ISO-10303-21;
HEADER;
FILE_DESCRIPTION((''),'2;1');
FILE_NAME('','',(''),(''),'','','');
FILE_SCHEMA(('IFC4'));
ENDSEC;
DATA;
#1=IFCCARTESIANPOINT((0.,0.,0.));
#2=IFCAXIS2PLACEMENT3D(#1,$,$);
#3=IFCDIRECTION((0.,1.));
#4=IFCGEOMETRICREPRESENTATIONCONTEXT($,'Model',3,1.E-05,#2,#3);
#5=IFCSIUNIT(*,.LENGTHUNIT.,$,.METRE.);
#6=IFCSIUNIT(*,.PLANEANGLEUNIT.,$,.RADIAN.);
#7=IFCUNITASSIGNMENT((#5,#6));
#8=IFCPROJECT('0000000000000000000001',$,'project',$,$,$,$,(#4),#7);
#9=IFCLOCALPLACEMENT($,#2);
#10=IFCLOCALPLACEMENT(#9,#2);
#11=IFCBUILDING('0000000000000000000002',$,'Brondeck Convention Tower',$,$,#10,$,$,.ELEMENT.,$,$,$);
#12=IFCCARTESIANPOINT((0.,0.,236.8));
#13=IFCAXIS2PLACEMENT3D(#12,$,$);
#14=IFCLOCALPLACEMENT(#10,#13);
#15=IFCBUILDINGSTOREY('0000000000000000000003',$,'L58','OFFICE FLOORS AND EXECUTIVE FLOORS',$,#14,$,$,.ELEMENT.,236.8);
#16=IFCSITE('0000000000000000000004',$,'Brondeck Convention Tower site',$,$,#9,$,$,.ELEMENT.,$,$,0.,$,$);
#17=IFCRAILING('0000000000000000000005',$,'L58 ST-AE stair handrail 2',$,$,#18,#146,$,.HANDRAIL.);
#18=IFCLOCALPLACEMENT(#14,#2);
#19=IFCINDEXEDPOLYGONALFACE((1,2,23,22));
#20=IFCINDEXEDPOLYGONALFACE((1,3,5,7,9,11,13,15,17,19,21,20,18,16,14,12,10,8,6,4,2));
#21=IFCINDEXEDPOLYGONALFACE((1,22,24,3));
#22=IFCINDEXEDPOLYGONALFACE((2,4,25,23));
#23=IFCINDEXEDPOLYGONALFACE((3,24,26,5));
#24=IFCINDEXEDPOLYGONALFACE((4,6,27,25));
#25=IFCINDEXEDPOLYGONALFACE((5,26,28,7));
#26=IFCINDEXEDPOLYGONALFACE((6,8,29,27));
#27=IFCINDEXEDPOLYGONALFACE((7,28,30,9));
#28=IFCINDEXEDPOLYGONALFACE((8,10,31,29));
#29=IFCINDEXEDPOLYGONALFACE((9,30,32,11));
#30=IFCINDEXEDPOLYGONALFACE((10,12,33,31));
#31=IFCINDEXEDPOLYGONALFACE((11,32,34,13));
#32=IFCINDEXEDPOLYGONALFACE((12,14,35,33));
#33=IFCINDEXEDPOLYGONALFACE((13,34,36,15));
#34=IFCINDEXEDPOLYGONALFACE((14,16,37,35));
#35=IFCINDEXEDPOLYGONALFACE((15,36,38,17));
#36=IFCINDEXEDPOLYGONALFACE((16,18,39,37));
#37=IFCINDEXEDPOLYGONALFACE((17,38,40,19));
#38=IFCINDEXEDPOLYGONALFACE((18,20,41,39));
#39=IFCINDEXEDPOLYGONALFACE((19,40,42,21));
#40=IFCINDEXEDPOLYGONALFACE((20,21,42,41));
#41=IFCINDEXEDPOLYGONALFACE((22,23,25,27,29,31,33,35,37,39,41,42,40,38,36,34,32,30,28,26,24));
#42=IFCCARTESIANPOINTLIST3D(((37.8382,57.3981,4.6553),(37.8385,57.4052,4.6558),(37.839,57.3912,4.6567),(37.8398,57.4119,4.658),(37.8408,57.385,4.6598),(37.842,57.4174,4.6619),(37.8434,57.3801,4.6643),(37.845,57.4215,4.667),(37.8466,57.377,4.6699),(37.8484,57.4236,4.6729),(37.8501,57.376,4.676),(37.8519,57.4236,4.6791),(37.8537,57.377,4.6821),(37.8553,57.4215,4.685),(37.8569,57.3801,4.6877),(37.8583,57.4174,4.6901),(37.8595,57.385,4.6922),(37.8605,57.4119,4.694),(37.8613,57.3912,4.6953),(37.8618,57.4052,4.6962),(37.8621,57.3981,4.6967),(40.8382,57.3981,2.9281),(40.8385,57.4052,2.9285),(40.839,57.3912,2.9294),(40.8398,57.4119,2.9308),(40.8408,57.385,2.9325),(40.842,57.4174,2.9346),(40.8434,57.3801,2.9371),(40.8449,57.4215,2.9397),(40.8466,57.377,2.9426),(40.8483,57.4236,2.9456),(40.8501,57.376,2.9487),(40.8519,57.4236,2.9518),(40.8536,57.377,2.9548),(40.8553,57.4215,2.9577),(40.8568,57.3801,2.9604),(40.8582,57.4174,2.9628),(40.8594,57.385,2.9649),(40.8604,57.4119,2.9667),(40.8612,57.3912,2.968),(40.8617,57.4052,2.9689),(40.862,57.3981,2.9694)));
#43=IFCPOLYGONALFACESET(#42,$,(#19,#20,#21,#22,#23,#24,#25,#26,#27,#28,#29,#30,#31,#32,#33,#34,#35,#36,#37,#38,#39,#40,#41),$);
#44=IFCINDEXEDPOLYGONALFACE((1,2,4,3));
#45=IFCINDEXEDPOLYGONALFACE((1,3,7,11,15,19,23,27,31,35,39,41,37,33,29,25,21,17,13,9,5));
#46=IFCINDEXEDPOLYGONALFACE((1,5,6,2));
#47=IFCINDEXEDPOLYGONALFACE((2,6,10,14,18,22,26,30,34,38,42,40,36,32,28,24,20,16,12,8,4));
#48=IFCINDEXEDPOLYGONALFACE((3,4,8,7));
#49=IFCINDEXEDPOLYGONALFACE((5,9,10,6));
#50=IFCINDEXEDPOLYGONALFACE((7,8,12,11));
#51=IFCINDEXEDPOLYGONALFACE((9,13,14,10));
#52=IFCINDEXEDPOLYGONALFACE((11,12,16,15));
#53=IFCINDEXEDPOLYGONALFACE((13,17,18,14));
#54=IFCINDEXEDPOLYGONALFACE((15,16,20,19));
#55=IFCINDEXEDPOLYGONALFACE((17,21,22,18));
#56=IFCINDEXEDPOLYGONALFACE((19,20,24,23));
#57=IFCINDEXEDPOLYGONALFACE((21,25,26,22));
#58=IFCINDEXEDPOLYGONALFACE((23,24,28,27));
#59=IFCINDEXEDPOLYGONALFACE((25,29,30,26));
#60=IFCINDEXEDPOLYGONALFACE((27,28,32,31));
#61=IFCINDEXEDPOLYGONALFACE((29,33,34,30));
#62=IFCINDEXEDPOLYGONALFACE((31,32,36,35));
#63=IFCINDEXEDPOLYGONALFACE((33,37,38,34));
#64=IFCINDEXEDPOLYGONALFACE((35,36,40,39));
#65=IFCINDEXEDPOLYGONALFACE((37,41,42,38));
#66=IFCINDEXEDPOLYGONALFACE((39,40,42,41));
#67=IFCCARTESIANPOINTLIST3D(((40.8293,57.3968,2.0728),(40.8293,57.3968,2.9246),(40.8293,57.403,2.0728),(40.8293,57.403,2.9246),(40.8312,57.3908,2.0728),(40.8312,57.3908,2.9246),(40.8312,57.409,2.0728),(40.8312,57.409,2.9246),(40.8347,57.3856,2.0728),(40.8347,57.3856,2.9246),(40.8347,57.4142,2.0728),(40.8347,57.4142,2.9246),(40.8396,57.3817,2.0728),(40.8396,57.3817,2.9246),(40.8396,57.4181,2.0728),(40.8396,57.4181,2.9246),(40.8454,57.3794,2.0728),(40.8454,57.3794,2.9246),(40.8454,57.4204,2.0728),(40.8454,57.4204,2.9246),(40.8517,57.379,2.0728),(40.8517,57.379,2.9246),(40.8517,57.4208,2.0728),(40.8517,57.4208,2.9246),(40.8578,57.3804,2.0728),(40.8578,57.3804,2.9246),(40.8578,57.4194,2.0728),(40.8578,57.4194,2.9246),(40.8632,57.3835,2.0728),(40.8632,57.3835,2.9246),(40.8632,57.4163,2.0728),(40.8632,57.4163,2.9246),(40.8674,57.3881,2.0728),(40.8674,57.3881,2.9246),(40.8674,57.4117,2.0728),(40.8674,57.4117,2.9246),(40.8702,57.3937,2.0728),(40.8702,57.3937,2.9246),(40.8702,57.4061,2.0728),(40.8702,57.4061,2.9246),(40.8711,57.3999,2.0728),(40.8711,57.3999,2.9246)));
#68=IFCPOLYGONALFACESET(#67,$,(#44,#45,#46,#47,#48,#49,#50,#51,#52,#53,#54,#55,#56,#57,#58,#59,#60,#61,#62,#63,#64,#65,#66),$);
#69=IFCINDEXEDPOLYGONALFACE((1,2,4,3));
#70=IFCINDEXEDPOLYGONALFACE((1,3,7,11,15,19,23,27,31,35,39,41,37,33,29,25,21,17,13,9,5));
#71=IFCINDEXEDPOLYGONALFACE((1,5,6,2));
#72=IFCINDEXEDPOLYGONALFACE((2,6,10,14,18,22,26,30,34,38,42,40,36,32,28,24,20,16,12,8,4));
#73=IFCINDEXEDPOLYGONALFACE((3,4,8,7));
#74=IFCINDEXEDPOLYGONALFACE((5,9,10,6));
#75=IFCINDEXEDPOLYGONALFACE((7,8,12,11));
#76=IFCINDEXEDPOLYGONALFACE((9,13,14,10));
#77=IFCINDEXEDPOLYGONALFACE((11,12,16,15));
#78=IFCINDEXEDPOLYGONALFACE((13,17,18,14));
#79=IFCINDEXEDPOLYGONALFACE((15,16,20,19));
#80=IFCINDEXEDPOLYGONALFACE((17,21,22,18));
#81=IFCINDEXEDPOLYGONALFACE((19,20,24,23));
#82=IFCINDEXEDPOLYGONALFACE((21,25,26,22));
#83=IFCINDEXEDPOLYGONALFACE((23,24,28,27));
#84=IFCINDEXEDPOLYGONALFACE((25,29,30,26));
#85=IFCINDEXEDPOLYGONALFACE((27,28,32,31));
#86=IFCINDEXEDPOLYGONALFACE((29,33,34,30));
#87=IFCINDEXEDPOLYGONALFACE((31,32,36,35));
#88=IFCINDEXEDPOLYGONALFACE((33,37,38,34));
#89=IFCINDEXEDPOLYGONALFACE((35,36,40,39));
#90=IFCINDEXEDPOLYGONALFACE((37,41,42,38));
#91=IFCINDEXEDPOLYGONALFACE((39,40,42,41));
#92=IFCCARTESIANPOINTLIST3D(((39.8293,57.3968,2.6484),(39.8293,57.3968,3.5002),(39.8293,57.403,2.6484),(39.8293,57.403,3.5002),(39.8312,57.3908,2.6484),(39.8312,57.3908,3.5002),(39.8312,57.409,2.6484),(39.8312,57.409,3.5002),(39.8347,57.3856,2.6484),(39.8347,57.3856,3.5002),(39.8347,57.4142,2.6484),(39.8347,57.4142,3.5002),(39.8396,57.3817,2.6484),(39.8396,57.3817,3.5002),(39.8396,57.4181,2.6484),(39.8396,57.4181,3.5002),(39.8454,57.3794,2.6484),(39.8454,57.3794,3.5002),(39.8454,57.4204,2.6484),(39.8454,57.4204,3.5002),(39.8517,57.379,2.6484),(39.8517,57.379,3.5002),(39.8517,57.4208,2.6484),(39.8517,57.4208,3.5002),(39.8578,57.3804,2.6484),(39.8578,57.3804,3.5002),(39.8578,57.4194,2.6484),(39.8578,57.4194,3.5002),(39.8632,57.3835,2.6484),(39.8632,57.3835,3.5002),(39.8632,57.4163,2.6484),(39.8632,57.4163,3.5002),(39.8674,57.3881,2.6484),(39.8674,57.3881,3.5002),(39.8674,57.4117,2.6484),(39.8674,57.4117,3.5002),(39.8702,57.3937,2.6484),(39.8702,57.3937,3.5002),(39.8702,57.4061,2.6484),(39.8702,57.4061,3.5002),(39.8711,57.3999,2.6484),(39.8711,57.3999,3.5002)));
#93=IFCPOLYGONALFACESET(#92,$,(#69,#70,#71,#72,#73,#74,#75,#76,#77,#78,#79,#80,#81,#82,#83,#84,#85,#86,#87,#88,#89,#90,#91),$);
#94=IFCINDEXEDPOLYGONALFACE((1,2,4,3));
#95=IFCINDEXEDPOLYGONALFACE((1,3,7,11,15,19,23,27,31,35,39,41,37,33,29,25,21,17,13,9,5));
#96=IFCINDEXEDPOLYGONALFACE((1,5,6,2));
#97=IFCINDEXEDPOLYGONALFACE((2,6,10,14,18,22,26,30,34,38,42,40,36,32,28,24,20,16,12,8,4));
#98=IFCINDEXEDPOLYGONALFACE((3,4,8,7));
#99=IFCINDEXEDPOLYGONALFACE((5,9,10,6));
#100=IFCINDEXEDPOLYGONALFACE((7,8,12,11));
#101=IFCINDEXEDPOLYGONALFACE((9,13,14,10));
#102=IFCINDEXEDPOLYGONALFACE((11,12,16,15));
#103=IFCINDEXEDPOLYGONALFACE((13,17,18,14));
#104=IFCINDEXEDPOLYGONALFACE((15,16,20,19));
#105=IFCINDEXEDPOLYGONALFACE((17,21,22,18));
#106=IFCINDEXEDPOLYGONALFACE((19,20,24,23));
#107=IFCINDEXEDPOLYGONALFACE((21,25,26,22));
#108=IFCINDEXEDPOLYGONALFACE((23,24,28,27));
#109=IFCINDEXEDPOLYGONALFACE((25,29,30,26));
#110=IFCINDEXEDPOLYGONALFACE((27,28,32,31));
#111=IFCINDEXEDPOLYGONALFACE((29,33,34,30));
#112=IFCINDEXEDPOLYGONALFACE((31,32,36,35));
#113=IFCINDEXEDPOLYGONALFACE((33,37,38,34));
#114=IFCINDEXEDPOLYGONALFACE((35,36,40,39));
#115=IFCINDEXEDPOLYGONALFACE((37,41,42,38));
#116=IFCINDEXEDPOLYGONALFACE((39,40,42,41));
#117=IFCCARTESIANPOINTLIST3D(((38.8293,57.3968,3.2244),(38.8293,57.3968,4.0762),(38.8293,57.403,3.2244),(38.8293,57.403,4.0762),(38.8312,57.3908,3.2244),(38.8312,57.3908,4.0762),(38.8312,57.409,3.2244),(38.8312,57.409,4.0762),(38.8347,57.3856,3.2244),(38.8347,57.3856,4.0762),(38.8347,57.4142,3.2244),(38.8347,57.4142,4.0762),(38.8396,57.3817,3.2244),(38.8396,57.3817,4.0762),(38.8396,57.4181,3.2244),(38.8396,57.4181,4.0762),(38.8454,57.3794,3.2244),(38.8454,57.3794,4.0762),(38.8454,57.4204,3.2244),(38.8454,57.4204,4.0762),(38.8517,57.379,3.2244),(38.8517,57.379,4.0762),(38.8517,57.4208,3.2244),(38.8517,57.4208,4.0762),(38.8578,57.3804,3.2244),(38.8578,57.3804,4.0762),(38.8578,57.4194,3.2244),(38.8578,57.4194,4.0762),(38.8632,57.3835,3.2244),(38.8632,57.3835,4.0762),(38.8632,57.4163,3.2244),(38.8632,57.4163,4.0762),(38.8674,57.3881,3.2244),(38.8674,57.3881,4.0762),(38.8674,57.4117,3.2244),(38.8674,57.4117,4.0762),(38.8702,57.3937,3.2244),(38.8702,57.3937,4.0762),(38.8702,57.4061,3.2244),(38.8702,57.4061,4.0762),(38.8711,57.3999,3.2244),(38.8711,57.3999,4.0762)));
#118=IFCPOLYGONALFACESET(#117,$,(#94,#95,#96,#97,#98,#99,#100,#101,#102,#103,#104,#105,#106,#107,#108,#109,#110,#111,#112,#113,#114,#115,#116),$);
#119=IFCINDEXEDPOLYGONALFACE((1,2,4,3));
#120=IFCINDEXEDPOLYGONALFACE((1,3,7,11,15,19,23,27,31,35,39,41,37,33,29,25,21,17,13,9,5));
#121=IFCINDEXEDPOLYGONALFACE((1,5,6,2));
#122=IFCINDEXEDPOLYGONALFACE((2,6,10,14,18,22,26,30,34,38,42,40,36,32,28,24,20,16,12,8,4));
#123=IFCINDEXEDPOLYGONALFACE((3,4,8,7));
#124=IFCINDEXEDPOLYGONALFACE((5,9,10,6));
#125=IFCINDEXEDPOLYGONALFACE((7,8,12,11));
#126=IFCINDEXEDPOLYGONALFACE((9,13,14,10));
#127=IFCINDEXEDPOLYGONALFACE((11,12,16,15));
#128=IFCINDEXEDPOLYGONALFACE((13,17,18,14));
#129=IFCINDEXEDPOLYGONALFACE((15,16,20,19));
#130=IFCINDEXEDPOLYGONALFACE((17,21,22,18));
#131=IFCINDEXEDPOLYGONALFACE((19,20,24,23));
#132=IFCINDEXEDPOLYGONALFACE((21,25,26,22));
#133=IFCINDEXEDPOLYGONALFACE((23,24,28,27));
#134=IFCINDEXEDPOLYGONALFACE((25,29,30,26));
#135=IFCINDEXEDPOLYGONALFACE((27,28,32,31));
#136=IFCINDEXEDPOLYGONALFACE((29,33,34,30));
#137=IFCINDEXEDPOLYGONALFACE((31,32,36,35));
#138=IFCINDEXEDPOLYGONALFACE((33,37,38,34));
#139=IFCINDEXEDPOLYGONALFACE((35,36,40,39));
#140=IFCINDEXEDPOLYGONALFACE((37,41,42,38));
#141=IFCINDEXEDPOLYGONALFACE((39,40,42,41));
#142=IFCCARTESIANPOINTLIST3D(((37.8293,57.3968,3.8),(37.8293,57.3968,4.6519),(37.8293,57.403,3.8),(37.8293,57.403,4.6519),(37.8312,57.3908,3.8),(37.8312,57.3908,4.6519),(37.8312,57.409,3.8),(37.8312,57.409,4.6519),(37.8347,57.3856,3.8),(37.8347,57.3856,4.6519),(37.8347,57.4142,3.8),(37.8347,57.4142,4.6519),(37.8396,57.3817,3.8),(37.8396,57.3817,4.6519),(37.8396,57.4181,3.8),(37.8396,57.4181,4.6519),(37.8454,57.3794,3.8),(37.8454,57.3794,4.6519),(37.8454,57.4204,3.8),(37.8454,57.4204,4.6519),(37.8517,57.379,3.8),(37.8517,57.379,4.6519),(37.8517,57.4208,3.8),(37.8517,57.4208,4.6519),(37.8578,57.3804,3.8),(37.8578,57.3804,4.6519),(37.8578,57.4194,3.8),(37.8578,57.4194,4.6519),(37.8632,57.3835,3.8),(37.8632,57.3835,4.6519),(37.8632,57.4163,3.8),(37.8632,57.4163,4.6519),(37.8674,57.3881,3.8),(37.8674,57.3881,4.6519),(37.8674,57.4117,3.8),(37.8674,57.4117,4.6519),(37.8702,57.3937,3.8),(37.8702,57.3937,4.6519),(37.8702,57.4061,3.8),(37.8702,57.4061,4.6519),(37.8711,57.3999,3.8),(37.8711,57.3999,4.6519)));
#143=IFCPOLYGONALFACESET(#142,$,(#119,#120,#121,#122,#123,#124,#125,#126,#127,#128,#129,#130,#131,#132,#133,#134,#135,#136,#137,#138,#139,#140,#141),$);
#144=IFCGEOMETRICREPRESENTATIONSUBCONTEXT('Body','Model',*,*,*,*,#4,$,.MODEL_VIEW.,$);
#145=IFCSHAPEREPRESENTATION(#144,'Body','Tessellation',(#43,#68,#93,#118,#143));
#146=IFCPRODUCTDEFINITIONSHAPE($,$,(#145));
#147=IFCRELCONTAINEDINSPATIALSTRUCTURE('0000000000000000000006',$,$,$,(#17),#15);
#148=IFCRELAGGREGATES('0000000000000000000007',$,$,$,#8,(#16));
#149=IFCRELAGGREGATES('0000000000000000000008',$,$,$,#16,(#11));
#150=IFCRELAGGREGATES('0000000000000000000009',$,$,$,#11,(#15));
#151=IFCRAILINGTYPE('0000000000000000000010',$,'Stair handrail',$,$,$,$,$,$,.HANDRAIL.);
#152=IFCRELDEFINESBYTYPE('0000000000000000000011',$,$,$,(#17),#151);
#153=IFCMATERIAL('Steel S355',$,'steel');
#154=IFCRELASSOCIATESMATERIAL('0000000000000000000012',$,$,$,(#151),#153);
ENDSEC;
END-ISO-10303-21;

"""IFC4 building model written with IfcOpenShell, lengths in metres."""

from ifc_helpers import new_model, si_unit, direction, frame, origin, origin_2d, place, context, subcontext, project, spatial, circle, extrude, material, type_object, element, save


model = new_model("IFC4")

# Units and contexts
model_context = context("Model", 3, precision=1e-05, world=origin(), true_north=direction((0.0, 1.0)))
body_context = subcontext(model_context, "Body", "Model", "MODEL_VIEW")
ifc_project = project(units=[si_unit("LENGTHUNIT", "METRE"), si_unit("PLANEANGLEUNIT", "RADIAN")], contexts=[model_context])

# Site, building, storey
site_placement = place(None, origin())
site = spatial("IfcSite", under=ifc_project, at=site_placement, Name="Brondeck Convention Tower site", CompositionType="ELEMENT", RefElevation=0.0)
building_placement = place(site_placement, origin())
building = spatial("IfcBuilding", under=site, at=building_placement, Name="Brondeck Convention Tower", CompositionType="ELEMENT")
storey_placement = place(building_placement, frame((0.0, 0.0, 236.8)))
storey = spatial("IfcBuildingStorey", under=building, at=storey_placement, Name="L58", Description="OFFICE FLOORS AND EXECUTIVE FLOORS", CompositionType="ELEMENT", Elevation=236.8)

# Shared definitions
ifc_material_1 = material(Name="Steel S355", Category="steel")

# Railing
railing_type_1 = type_object("IfcRailingType", Name="Stair handrail", PredefinedType="HANDRAIL", material=ifc_material_1)
railing_1_placement = place(storey_placement, frame((40.8501, 57.3999, 2.0728)))
element("IfcRailing", 1, at=railing_1_placement, inside=storey, type_object=railing_type_1, Name="L58 ST-AE stair handrail 2", PredefinedType="HANDRAIL", context=body_context, shape_type="SweptSolid", body=[
    extrude(circle(Radius=0.0239, at=origin_2d()), frame((0.0, 0.0, 0.876), z_axis=(-0.86662, 0.0, 0.498969), x_axis=(0.0, -1.0, 0.0)), (0.0, 0.0, 1.0), 3.4617),
    extrude(circle(Radius=0.021, at=origin_2d()), origin(), (0.0, 0.0, 1.0), 0.8518),
    extrude(circle(Radius=0.021, at=origin_2d()), frame((-1.0, 0.0, 0.5757)), (0.0, 0.0, 1.0), 0.8518),
    extrude(circle(Radius=0.021, at=origin_2d()), frame((-2.0, 0.0, 1.1516)), (0.0, 0.0, 1.0), 0.8518),
    extrude(circle(Radius=0.021, at=origin_2d()), frame((-3.0, 0.0, 1.7273)), (0.0, 0.0, 1.0), 0.8518),
])

save(model, "model.ifc")
